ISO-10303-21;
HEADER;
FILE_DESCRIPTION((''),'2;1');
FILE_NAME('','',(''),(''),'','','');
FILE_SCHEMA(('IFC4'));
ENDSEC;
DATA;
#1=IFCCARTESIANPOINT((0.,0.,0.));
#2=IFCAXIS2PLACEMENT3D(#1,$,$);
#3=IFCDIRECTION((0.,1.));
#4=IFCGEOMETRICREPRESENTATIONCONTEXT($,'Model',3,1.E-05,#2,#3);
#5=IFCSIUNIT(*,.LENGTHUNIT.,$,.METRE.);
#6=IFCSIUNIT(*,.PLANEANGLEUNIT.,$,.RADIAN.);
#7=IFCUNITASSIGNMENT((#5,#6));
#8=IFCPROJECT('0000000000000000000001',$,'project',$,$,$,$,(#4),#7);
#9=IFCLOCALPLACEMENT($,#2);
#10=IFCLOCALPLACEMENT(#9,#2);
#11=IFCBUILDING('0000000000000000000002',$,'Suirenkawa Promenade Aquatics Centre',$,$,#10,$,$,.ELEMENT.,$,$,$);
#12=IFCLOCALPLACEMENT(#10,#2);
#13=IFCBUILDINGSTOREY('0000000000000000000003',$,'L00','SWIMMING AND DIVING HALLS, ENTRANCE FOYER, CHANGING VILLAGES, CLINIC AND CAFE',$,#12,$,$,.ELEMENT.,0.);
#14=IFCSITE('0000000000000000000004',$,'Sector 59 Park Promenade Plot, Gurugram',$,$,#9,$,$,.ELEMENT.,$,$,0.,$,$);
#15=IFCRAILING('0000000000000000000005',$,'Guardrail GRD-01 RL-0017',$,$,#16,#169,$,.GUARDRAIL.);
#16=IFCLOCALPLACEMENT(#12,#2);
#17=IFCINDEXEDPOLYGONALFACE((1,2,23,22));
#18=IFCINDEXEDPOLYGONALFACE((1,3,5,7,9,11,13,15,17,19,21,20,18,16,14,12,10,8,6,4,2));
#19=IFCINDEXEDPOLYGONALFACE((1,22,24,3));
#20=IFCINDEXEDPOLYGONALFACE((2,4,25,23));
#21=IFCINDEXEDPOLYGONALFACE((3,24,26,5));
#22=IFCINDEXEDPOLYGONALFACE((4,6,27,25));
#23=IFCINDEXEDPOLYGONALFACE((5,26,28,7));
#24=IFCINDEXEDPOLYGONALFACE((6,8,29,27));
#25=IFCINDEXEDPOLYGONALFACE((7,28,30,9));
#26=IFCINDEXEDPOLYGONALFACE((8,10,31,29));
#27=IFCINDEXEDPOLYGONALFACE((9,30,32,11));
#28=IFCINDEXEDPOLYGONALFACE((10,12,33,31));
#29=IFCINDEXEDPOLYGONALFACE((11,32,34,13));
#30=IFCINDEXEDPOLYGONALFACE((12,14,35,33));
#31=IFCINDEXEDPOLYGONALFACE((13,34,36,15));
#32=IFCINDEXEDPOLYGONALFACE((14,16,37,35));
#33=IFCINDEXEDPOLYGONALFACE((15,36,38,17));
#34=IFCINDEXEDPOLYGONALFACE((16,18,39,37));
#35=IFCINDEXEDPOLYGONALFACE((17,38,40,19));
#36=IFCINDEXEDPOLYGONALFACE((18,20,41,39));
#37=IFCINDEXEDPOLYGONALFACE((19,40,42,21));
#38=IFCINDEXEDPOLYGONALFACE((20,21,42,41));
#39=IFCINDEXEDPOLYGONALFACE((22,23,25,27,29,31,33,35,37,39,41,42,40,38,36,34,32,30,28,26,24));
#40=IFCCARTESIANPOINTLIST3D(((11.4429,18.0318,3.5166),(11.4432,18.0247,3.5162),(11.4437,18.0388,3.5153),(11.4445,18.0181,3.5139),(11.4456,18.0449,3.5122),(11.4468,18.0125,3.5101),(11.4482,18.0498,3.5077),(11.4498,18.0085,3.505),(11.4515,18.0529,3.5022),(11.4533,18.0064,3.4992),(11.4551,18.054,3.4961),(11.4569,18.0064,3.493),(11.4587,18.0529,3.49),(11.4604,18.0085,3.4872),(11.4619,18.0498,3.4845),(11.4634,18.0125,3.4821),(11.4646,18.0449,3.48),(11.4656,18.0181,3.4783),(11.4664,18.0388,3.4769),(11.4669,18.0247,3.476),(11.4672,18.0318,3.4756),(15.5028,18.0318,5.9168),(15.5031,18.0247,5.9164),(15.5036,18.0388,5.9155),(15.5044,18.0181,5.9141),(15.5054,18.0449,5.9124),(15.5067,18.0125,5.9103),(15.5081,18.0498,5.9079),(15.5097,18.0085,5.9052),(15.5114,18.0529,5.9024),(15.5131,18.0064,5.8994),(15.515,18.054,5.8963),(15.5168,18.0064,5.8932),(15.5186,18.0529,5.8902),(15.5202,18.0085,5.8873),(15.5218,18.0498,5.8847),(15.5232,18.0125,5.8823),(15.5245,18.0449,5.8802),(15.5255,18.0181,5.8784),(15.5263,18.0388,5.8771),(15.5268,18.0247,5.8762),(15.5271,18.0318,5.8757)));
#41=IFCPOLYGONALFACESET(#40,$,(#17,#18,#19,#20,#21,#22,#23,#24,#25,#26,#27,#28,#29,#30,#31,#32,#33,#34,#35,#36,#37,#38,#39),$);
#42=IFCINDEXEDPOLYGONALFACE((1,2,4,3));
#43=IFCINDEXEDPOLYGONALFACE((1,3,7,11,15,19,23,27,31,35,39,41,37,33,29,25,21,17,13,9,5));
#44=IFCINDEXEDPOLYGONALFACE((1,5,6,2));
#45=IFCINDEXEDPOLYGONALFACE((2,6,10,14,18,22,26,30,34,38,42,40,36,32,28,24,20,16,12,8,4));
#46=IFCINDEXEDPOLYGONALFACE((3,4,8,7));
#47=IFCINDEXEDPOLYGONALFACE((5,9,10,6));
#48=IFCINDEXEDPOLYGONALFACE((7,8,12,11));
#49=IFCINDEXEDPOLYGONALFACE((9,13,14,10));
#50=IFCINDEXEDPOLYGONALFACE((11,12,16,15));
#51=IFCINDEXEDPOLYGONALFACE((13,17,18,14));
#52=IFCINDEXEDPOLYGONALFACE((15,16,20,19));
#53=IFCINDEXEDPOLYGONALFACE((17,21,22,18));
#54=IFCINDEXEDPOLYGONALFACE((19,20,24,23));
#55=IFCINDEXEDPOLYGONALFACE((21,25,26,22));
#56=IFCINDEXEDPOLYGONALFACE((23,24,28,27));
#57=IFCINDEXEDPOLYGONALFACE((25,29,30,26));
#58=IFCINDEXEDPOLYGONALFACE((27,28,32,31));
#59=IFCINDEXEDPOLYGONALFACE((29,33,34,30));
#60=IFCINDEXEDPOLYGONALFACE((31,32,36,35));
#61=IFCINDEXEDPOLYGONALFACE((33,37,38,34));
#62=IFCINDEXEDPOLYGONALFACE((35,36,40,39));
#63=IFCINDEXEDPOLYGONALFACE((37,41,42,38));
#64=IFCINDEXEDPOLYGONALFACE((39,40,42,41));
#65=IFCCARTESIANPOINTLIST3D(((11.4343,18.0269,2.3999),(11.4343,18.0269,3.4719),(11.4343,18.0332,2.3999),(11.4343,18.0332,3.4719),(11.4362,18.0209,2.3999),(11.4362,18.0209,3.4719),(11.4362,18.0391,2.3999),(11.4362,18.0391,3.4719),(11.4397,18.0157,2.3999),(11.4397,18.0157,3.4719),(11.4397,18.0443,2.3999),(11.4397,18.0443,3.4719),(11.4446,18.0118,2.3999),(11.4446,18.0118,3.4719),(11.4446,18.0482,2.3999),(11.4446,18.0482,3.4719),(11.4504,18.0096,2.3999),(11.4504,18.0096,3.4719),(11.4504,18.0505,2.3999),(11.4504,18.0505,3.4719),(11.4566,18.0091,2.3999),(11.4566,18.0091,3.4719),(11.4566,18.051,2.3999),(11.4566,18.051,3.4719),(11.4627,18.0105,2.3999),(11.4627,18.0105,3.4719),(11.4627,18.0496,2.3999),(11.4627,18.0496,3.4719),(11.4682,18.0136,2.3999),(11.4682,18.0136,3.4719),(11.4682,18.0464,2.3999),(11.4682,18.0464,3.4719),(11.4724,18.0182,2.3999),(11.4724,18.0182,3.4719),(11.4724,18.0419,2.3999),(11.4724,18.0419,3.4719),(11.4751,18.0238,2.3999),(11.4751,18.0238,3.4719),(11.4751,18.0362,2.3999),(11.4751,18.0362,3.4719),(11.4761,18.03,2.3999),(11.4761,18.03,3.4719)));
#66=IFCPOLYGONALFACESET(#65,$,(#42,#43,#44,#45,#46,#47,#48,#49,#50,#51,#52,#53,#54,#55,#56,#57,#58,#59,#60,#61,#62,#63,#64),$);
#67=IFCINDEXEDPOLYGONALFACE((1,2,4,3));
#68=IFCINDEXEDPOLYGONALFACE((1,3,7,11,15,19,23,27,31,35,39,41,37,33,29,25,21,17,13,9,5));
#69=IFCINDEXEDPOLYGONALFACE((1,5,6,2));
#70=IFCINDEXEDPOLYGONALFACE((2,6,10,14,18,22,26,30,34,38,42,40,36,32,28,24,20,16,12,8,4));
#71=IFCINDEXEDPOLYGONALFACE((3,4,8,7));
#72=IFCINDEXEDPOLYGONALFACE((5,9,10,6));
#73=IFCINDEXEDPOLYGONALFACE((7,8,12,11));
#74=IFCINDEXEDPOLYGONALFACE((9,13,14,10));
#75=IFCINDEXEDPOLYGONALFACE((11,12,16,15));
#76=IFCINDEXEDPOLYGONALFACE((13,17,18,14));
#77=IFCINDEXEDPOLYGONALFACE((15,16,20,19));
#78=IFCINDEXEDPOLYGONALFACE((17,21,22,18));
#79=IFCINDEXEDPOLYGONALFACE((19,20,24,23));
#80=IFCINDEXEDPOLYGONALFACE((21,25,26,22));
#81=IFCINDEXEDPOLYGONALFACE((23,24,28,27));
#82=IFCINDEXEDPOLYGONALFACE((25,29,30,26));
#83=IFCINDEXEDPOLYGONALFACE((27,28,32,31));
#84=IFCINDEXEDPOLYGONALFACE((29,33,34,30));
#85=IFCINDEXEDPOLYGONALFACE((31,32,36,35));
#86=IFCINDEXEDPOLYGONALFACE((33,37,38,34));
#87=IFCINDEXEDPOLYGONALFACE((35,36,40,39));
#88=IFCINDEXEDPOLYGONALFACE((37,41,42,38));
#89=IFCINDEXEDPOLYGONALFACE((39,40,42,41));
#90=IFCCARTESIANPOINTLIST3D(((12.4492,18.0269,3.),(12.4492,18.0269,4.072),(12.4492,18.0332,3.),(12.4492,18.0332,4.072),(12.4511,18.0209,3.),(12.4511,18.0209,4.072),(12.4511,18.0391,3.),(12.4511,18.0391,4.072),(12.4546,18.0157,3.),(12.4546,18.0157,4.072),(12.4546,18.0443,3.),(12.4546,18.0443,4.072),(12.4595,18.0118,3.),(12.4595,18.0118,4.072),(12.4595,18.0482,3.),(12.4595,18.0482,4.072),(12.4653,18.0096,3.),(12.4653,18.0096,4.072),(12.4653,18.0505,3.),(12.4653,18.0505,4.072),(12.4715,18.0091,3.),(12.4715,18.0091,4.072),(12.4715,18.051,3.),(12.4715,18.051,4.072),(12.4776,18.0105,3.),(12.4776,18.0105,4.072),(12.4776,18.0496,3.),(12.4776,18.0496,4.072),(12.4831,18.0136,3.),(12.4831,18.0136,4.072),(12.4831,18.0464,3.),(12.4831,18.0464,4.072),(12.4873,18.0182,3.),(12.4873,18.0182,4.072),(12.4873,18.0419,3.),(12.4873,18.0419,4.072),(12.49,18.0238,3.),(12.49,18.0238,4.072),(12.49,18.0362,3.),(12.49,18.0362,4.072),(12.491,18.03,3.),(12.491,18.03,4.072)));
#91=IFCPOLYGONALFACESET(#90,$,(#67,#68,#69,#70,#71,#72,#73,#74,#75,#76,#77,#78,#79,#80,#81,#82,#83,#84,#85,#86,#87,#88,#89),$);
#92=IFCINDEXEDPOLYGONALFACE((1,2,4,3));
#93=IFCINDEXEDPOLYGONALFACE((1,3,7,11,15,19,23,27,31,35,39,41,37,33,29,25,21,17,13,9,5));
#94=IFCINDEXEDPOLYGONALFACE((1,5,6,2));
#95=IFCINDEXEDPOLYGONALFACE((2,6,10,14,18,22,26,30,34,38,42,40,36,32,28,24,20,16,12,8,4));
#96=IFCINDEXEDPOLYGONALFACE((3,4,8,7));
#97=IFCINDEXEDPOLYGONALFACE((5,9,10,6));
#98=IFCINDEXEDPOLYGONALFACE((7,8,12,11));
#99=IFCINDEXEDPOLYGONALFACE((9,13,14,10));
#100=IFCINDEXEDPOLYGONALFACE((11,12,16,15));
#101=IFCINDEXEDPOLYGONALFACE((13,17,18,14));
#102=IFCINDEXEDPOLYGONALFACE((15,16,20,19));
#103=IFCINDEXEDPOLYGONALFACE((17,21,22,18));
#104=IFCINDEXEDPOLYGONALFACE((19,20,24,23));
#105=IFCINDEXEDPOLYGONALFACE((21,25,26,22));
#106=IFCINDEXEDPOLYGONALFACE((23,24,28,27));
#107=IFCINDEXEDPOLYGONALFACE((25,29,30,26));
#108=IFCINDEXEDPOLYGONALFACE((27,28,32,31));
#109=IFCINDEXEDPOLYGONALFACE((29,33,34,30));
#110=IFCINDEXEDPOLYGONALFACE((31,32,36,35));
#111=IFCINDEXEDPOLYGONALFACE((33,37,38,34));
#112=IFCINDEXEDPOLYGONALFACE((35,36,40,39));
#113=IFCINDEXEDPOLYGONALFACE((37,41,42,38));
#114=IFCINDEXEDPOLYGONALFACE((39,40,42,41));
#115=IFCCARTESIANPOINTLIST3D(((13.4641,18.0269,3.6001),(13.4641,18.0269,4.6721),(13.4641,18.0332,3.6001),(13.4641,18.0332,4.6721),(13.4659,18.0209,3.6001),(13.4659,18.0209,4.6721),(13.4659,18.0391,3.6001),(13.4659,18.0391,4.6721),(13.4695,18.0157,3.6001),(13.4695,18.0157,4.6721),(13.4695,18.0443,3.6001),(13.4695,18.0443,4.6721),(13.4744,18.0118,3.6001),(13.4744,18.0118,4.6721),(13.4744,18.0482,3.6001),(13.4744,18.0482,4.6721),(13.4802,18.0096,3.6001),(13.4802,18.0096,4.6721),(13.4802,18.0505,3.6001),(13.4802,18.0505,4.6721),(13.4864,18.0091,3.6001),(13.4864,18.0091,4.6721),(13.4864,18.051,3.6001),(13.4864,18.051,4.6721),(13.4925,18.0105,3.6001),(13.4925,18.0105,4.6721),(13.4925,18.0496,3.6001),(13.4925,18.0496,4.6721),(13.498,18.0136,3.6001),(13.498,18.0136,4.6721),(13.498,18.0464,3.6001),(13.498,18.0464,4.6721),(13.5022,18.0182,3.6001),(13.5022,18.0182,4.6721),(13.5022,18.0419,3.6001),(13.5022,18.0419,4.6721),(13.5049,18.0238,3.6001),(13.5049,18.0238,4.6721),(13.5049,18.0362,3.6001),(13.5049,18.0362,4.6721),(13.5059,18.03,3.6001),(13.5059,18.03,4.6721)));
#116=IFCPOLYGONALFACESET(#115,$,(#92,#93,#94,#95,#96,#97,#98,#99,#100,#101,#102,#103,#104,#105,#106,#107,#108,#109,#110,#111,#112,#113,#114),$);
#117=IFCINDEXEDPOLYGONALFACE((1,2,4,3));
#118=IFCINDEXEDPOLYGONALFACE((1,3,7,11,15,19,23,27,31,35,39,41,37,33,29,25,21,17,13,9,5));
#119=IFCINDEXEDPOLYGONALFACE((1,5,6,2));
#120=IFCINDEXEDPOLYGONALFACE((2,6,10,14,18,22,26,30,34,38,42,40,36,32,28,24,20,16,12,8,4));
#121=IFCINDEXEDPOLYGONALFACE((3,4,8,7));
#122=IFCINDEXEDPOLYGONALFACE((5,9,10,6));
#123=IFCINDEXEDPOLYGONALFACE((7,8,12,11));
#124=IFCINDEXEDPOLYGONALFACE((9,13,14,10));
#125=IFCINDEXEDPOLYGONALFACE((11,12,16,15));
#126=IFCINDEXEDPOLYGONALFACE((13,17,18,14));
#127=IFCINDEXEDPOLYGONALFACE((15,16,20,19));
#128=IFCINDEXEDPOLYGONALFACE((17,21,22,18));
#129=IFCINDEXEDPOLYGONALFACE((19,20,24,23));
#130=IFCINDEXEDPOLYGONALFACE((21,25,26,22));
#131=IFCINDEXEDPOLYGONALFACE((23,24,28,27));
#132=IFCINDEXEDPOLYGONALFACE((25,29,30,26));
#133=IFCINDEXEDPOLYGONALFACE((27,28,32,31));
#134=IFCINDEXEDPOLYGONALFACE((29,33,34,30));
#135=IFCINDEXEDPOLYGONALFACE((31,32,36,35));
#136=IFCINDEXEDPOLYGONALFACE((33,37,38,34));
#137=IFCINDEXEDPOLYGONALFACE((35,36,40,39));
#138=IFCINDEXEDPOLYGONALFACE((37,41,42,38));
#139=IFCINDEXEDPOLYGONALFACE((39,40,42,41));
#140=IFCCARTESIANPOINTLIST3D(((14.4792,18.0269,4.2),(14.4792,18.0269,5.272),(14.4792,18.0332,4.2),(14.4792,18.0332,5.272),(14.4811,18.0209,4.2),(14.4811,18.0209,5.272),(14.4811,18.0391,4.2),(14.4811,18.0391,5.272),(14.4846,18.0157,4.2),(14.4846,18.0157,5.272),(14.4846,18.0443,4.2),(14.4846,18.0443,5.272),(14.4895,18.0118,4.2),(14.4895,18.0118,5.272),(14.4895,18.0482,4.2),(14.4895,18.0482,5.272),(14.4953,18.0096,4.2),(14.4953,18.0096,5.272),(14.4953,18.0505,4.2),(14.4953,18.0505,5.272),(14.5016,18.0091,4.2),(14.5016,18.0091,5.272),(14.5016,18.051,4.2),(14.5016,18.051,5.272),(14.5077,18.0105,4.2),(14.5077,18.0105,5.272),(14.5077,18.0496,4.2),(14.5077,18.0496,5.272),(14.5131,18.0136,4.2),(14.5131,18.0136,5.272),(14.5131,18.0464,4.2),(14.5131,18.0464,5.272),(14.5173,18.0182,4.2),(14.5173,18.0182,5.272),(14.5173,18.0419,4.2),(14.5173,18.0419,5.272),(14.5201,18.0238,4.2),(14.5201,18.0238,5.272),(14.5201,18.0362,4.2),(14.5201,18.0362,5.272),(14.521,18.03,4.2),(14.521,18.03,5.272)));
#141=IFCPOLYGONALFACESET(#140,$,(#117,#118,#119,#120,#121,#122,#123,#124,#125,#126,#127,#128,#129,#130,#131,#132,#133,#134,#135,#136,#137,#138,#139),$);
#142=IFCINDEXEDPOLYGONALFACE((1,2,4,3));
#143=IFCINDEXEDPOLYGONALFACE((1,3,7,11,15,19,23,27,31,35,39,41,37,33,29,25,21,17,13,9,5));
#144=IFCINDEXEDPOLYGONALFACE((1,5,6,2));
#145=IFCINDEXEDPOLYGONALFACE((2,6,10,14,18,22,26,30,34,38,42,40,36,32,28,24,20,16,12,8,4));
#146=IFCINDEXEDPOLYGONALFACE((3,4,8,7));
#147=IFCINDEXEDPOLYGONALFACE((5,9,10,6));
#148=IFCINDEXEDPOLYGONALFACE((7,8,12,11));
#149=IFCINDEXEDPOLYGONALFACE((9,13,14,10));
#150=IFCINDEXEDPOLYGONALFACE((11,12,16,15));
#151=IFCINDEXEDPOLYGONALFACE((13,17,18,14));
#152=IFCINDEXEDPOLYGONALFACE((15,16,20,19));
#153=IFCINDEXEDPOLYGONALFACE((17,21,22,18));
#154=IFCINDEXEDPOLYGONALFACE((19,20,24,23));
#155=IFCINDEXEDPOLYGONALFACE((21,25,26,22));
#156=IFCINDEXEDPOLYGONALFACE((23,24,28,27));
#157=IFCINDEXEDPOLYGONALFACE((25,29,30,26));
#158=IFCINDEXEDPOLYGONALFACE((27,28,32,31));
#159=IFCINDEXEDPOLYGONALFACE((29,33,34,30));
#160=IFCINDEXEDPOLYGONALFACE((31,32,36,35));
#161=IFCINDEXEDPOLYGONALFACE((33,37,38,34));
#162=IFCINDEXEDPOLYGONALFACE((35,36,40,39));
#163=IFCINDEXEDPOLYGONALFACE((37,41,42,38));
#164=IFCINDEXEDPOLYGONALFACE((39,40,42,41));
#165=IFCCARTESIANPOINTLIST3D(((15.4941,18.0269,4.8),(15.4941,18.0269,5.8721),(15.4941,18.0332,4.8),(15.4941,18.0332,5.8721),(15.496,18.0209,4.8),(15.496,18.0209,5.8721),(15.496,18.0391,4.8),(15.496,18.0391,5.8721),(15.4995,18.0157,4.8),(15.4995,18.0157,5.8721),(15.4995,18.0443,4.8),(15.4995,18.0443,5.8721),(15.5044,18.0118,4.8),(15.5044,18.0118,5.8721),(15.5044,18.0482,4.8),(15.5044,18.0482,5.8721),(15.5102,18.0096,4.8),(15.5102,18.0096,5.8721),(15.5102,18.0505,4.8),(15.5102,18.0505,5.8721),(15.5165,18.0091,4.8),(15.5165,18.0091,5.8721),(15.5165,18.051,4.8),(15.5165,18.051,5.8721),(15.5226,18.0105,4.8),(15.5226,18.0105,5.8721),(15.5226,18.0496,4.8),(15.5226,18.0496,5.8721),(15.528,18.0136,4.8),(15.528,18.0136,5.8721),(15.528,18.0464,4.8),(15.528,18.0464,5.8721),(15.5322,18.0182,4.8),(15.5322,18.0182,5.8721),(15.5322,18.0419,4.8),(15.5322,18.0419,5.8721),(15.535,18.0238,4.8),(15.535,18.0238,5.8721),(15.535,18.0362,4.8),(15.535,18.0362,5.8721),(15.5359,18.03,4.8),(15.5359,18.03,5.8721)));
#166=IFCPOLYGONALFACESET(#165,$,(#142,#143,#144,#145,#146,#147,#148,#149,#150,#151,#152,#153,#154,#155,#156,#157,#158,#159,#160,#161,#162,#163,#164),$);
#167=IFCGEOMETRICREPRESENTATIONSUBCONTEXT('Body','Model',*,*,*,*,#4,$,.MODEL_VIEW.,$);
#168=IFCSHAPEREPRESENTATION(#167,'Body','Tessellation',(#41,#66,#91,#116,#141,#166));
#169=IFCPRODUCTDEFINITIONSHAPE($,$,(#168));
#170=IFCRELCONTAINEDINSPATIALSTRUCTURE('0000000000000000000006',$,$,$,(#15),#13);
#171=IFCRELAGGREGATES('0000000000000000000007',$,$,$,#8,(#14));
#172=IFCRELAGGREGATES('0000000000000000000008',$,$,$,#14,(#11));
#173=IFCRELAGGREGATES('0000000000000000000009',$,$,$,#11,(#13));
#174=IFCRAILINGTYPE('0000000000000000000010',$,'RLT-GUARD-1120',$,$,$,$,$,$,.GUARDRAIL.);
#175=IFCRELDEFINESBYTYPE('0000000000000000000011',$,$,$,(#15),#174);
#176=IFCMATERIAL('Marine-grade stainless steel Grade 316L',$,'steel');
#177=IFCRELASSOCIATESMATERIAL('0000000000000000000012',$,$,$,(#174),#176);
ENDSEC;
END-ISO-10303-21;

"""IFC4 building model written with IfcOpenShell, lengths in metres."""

from ifc_helpers import new_model, si_unit, direction, frame, origin, origin_2d, place, context, subcontext, project, spatial, circle, extrude, material, type_object, element, save


model = new_model("IFC4")

# Units and contexts
model_context = context("Model", 3, precision=1e-05, world=origin(), true_north=direction((0.0, 1.0)))
body_context = subcontext(model_context, "Body", "Model", "MODEL_VIEW")
ifc_project = project(units=[si_unit("LENGTHUNIT", "METRE"), si_unit("PLANEANGLEUNIT", "RADIAN")], contexts=[model_context])

# Site, building, storey
site_placement = place(None, origin())
site = spatial("IfcSite", under=ifc_project, at=site_placement, Name="Sector 59 Park Promenade Plot, Gurugram", CompositionType="ELEMENT", RefElevation=0.0)
building_placement = place(site_placement, origin())
building = spatial("IfcBuilding", under=site, at=building_placement, Name="Suirenkawa Promenade Aquatics Centre", CompositionType="ELEMENT")
storey_placement = place(building_placement, origin())
storey = spatial("IfcBuildingStorey", under=building, at=storey_placement, Name="L00", Description="SWIMMING AND DIVING HALLS, ENTRANCE FOYER, CHANGING VILLAGES, CLINIC AND CAFE", CompositionType="ELEMENT", Elevation=0.0)

# Railing
ifc_material_1 = material(Name="Marine-grade stainless steel Grade 316L", Category="steel")
railing_type_1 = type_object("IfcRailingType", Name="RLT-GUARD-1120", PredefinedType="GUARDRAIL", material=ifc_material_1)
for number, where, name in (
    (1, (11.4551, 18.03, 2.3999), "Guardrail GRD-01 RL-0017"),
):
    element("IfcRailing", number, at=place(storey_placement, frame(where)), inside=storey, type_object=railing_type_1, Name=name, PredefinedType="GUARDRAIL", context=body_context, shape_type="SweptSolid", body=[
        extrude(circle(Radius=0.0239, at=origin_2d()), frame((0.0, 0.0, 1.0962), z_axis=(0.860818, 0.0, 0.508912), x_axis=(0.0, 1.0, 0.0)), (0.0, 0.0, 1.0), 4.7163),
        extrude(circle(Radius=0.021, at=origin_2d()), origin(), (0.0, 0.0, 1.0), 1.072),
        extrude(circle(Radius=0.021, at=origin_2d()), frame((1.0149, 0.0, 0.6001)), (0.0, 0.0, 1.0), 1.072),
        extrude(circle(Radius=0.021, at=origin_2d()), frame((2.0298, 0.0, 1.2002)), (0.0, 0.0, 1.0), 1.072),
        extrude(circle(Radius=0.021, at=origin_2d()), frame((3.0449, 0.0, 1.8)), (0.0, 0.0, 1.0), 1.072),
        extrude(circle(Radius=0.021, at=origin_2d()), frame((4.0598, 0.0, 2.4001)), (0.0, 0.0, 1.0), 1.072),
    ])

save(model, "model.ifc")
